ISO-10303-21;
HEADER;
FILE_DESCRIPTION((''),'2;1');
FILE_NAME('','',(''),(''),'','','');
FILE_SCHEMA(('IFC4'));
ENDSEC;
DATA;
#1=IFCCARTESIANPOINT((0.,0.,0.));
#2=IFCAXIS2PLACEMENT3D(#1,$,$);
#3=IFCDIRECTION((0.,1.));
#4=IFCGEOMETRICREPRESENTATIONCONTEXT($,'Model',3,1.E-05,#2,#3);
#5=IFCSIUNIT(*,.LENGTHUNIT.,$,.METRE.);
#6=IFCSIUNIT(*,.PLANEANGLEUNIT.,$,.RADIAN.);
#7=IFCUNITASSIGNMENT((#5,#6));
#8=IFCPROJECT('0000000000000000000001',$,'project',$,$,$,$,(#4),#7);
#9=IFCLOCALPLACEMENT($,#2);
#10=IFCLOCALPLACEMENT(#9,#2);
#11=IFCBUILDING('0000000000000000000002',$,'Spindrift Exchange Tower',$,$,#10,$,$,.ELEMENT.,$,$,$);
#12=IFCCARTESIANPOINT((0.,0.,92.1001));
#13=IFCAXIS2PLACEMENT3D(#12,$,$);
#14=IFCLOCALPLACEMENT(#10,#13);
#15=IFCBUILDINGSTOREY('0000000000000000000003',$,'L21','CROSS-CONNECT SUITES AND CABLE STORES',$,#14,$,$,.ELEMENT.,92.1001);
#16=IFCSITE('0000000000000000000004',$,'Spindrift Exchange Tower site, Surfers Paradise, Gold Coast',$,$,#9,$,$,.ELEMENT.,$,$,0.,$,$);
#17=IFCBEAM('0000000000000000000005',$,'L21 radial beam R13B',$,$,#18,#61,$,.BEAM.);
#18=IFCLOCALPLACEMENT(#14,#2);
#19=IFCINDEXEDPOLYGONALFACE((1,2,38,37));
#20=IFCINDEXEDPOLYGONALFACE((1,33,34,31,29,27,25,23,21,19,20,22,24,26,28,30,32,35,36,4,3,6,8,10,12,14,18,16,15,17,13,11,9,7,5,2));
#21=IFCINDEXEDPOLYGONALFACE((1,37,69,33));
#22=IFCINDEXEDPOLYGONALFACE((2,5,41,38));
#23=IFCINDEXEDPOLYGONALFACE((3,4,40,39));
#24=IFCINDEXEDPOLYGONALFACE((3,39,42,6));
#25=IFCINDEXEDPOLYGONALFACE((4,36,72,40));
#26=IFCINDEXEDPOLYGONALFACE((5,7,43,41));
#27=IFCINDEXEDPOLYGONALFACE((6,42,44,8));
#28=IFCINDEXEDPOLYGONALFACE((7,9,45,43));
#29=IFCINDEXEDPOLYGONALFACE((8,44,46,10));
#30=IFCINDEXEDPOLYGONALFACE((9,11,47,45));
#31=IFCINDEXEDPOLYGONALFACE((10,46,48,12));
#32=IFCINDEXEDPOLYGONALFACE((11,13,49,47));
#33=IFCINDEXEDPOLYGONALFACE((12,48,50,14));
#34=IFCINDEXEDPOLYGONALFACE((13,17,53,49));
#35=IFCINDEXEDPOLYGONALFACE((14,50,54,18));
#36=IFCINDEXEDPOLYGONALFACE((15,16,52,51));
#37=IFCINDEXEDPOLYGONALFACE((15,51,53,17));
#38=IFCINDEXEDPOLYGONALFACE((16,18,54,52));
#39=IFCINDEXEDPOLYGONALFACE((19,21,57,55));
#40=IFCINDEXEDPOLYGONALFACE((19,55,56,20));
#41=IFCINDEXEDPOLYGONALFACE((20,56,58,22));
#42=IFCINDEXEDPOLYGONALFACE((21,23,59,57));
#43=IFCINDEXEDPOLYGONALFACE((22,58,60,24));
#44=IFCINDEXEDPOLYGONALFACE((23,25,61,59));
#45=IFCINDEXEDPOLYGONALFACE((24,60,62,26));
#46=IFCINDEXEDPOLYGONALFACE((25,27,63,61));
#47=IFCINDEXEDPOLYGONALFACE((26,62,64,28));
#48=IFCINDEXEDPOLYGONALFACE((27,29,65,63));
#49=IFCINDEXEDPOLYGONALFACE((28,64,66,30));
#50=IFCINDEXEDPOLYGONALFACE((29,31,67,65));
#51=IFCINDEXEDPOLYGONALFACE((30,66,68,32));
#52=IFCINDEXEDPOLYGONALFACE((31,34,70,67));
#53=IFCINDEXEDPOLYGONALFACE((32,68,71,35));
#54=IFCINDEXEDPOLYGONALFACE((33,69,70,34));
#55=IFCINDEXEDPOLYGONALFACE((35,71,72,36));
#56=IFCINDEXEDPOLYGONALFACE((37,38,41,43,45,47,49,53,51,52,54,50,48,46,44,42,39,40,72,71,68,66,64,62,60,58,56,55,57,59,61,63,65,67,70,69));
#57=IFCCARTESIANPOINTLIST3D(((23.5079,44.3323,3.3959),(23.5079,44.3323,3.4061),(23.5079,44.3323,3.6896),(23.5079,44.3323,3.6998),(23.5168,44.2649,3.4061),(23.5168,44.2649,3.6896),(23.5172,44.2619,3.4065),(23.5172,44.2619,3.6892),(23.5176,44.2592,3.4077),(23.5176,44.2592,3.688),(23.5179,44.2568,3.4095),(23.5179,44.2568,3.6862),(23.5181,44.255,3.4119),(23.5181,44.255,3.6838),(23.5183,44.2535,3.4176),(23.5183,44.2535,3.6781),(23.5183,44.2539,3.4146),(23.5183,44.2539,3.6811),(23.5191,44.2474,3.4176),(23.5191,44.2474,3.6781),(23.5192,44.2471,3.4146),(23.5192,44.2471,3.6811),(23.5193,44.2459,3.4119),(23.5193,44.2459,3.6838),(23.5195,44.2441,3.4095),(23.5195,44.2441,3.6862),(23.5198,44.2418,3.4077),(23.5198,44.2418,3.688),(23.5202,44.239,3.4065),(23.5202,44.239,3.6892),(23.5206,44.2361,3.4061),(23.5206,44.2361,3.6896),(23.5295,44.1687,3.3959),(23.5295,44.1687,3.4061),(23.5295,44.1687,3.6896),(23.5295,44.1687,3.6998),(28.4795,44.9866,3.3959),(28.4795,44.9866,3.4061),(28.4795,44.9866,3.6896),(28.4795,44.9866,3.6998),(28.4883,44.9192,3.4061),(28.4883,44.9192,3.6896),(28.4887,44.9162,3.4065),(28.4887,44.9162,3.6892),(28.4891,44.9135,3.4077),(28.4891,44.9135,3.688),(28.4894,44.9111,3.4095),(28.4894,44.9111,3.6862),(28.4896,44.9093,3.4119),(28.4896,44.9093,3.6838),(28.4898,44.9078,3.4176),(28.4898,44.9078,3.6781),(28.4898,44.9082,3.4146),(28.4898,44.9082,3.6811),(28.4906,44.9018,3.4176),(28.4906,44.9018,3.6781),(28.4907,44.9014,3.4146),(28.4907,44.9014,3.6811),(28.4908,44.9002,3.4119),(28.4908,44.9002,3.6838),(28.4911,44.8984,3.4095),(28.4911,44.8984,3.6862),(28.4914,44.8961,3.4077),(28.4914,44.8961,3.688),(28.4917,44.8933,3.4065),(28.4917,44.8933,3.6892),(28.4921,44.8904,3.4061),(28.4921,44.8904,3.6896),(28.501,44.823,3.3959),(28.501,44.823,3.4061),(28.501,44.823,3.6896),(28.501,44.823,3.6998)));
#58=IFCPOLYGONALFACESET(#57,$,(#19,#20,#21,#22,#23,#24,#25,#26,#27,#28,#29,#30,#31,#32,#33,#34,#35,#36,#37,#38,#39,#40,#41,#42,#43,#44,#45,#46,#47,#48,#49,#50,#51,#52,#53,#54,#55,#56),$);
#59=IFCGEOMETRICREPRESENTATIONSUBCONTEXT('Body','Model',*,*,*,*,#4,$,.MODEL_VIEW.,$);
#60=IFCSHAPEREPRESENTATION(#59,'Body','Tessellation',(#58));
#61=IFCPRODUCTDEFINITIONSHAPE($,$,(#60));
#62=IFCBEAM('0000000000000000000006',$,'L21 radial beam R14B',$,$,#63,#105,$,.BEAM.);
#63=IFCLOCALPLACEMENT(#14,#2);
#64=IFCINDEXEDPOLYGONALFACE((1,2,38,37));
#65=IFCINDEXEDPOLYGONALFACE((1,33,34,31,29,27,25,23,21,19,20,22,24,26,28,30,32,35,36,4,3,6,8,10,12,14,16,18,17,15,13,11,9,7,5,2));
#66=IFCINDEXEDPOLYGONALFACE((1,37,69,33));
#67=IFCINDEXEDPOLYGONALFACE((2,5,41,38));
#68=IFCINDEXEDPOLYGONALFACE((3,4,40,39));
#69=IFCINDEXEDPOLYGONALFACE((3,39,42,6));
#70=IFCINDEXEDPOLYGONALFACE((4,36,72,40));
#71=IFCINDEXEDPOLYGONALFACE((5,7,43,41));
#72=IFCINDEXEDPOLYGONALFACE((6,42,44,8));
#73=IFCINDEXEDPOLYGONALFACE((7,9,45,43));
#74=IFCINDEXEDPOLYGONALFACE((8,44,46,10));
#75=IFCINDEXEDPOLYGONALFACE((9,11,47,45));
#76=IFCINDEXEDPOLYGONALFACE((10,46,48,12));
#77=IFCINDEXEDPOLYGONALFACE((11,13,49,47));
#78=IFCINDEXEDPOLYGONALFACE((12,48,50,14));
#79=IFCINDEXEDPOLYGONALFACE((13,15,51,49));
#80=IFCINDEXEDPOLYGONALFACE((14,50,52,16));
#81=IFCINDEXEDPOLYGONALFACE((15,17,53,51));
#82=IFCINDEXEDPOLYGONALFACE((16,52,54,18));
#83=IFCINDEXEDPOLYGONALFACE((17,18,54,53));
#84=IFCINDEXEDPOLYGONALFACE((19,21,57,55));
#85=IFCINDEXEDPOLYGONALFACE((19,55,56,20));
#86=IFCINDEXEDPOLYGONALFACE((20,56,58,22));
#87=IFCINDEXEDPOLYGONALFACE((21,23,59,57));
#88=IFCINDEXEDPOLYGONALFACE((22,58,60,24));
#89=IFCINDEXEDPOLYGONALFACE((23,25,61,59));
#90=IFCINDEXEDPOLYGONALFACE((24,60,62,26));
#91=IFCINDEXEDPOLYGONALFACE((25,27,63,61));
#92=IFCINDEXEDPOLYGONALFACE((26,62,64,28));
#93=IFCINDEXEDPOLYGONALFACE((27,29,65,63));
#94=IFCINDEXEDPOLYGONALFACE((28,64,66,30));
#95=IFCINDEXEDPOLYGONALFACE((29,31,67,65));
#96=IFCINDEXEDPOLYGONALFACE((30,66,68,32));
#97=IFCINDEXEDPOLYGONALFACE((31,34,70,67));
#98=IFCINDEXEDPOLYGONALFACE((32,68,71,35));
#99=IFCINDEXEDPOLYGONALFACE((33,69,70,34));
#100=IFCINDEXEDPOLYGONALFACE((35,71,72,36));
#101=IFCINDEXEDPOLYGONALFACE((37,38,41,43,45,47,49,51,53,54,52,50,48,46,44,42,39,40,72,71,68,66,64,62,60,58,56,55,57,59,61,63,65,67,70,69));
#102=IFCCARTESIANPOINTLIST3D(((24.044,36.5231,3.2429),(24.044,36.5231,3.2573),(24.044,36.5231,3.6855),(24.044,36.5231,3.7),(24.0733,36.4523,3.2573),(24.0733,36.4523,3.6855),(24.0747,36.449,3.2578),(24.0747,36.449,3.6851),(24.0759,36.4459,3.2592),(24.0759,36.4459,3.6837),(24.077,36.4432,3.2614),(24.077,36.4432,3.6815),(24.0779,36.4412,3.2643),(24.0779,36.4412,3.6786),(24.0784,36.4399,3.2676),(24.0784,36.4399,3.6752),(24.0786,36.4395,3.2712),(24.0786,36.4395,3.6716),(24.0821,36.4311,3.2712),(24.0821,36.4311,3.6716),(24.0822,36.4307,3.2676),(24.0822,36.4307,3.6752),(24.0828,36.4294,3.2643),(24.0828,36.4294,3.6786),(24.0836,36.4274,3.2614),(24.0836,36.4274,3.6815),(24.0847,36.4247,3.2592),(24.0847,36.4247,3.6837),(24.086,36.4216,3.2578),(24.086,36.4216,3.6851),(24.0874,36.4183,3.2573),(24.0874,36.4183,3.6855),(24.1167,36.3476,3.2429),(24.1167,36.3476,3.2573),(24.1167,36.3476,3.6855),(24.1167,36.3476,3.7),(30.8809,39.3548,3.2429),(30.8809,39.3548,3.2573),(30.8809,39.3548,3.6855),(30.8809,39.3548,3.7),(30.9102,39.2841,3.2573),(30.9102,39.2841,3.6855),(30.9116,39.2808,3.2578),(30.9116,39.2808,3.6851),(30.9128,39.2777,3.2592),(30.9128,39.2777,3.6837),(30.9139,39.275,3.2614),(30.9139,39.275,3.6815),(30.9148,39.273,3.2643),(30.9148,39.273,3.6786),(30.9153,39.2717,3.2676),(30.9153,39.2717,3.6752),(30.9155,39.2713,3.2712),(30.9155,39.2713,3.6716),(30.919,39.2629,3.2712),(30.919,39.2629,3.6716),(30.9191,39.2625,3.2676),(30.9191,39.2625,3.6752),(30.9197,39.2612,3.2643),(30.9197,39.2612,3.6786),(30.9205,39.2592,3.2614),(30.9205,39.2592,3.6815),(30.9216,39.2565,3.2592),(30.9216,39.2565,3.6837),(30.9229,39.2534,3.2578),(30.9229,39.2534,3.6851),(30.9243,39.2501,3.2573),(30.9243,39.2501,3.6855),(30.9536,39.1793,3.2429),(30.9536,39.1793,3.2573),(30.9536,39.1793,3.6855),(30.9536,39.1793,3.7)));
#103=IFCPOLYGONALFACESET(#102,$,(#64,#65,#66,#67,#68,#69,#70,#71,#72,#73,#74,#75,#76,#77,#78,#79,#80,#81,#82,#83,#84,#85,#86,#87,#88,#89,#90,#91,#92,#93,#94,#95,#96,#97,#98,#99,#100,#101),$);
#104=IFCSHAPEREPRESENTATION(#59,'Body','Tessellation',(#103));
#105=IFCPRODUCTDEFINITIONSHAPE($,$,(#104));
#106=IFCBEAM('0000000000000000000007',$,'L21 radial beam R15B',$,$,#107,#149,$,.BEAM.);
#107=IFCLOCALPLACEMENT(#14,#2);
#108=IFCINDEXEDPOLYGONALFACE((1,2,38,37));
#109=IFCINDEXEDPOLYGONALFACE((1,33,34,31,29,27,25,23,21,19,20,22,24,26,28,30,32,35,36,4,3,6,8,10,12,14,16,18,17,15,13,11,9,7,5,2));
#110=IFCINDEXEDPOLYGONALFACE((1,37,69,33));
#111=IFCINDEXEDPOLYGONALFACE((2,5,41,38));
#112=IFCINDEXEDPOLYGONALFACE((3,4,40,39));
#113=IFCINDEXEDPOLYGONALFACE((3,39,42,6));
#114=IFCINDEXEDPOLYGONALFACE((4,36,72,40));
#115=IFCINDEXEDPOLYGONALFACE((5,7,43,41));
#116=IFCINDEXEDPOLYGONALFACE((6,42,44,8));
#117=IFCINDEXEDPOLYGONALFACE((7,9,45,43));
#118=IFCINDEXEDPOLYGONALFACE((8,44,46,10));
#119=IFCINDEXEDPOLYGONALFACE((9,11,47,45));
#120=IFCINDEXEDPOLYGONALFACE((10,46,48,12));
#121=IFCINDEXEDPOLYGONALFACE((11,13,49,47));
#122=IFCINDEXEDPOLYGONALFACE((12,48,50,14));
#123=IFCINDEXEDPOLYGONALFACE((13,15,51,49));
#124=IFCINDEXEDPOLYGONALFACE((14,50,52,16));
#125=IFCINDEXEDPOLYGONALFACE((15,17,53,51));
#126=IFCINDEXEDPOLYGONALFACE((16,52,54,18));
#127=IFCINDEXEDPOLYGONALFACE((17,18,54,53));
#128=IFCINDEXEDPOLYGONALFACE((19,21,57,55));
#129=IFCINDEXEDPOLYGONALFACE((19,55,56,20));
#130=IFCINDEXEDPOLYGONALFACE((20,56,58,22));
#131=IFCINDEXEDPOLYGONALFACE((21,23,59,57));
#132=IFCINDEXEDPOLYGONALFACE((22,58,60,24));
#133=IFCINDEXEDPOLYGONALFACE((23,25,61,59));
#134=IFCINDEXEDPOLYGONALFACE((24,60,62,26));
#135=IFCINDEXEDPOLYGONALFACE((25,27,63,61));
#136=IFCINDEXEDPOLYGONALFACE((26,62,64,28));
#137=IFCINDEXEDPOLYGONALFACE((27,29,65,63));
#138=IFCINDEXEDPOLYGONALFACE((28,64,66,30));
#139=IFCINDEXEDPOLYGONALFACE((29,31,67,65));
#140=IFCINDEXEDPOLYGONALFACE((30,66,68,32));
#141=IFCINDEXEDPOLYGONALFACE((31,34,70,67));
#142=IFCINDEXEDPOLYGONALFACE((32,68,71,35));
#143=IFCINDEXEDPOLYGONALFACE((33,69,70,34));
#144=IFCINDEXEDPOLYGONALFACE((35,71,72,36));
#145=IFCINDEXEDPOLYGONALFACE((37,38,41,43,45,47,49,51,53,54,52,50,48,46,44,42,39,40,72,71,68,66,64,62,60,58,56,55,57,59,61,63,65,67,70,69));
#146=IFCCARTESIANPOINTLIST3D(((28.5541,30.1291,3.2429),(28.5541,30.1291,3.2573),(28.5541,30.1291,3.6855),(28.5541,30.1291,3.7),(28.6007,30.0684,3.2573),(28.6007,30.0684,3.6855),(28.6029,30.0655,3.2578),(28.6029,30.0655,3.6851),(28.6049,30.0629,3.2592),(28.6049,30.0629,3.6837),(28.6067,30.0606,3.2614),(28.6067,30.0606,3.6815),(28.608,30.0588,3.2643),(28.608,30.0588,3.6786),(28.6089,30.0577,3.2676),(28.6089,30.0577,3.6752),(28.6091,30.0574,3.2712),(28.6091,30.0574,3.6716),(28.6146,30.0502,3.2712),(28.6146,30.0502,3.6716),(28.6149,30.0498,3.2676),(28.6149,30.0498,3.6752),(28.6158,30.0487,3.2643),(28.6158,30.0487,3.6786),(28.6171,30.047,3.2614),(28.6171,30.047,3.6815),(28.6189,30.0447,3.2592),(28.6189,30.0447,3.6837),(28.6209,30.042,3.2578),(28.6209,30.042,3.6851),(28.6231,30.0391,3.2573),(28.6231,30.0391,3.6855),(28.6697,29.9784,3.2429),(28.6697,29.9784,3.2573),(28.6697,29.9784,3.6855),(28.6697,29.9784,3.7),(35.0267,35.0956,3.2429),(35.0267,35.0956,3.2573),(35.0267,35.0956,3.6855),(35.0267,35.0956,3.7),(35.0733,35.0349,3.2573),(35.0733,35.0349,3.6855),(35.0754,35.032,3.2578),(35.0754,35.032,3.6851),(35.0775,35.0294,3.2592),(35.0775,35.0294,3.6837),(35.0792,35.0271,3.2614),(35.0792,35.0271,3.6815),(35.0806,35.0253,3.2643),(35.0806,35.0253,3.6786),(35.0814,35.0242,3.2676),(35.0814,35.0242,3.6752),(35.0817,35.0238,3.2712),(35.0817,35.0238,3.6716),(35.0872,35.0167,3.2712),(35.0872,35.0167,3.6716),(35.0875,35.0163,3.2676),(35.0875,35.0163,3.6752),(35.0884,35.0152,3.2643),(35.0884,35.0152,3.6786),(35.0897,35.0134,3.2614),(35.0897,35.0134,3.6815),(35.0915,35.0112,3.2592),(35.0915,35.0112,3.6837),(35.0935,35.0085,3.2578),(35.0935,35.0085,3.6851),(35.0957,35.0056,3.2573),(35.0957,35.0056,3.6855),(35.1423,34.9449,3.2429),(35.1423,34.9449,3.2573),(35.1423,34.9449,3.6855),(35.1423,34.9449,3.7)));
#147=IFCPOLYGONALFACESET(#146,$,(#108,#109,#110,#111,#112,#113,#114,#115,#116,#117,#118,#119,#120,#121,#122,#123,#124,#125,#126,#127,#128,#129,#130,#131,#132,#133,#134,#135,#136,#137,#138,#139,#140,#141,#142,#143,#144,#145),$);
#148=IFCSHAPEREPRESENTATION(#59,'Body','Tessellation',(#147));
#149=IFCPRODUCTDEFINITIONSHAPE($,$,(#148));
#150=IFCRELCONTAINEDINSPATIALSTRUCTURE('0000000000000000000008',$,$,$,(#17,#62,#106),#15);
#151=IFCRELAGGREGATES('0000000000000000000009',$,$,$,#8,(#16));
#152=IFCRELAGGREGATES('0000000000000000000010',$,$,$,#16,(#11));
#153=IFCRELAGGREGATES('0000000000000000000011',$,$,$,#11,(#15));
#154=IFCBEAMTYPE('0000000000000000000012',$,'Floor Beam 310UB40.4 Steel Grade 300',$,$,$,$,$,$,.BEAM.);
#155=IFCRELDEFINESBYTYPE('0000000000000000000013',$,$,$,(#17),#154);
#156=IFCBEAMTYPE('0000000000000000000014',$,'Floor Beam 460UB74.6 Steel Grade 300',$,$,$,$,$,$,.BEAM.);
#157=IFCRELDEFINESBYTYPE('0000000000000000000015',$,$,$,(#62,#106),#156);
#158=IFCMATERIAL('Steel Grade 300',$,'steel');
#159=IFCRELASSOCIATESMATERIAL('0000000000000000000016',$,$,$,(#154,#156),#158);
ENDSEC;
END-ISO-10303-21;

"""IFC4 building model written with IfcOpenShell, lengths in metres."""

from ifc_helpers import new_model, si_unit, direction, frame, origin, origin_2d, place, context, subcontext, project, spatial, i_section, extrude, source, transform, mapped, material, material_profile, profile_set, type_object, element, save


model = new_model("IFC4")

# Units and contexts
model_context = context("Model", 3, precision=1e-05, world=origin(), true_north=direction((0.0, 1.0)))
body_context = subcontext(model_context, "Body", "Model", "MODEL_VIEW")
ifc_project = project(units=[si_unit("LENGTHUNIT", "METRE"), si_unit("PLANEANGLEUNIT", "RADIAN")], contexts=[model_context])

# Site, building, storey
site_placement = place(None, origin())
site = spatial("IfcSite", under=ifc_project, at=site_placement, Name="Spindrift Exchange Tower site, Surfers Paradise, Gold Coast", CompositionType="ELEMENT", RefElevation=0.0)
building_placement = place(site_placement, origin())
building = spatial("IfcBuilding", under=site, at=building_placement, Name="Spindrift Exchange Tower", CompositionType="ELEMENT")
storey_placement = place(building_placement, frame((0.0, 0.0, 92.1001)))
storey = spatial("IfcBuildingStorey", under=building, at=storey_placement, Name="L21", Description="CROSS-CONNECT SUITES AND CABLE STORES", CompositionType="ELEMENT", Elevation=92.1001)

# Beams
ifc_material_1 = material(Name="Steel Grade 300", Category="steel")
ifc_material_profile_1 = material_profile(ifc_material_1, i_section(OverallWidth=0.165, OverallDepth=0.304, WebThickness=0.0061, FlangeThickness=0.0103, FilletRadius=0.0115, at=origin_2d()), Name="310UB40.4")
ifc_profile_set_1 = profile_set([ifc_material_profile_1], Name="Steel Grade 300")
beam_type_1 = type_object("IfcBeamType", Name="Floor Beam 310UB40.4 Steel Grade 300", PredefinedType="BEAM", material=ifc_profile_set_1)
shared_shape_1 = source(origin(), body_context, "Body", "SweptSolid", [
    extrude(i_section(OverallWidth=0.165, OverallDepth=0.304, WebThickness=0.0061, FlangeThickness=0.0103, FilletRadius=0.0115, at=origin_2d()), origin(), (0.0, 0.0, 1.0), 5.0144),
])
beam_1_placement = place(storey_placement, frame((28.4902, 44.9048, 3.5479), z_axis=(-0.99145, -0.130486, 0.0), x_axis=(0.130486, -0.99145, 0.0)))
element("IfcBeam", 1, at=beam_1_placement, inside=storey, type_object=beam_type_1, Name="L21 radial beam R13B", PredefinedType="BEAM", context=body_context, shape_type="MappedRepresentation", body=[
    mapped(shared_shape_1, transform((0.0, 0.0, 0.0), scale=1.0)),
])
ifc_material_profile_2 = material_profile(ifc_material_1, i_section(OverallWidth=0.1899, OverallDepth=0.457, WebThickness=0.009, FlangeThickness=0.0144, FilletRadius=0.0139, at=origin_2d()), Name="460UB74.6")
ifc_profile_set_2 = profile_set([ifc_material_profile_2], Name="Steel Grade 300")
beam_type_2 = type_object("IfcBeamType", Name="Floor Beam 460UB74.6 Steel Grade 300", PredefinedType="BEAM", material=ifc_profile_set_2)
shared_shape_2 = source(origin(), body_context, "Body", "SweptSolid", [
    extrude(i_section(OverallWidth=0.1899, OverallDepth=0.457, WebThickness=0.009, FlangeThickness=0.0144, FilletRadius=0.0139, at=origin_2d()), origin(), (0.0, 0.0, 1.0), 7.4001),
])
beam_2_placement = place(storey_placement, frame((30.9172, 39.2671, 3.4714), z_axis=(-0.923887, -0.382666, 0.0), x_axis=(0.382666, -0.923887, 0.0)))
element("IfcBeam", 2, at=beam_2_placement, inside=storey, type_object=beam_type_2, Name="L21 radial beam R14B", PredefinedType="BEAM", context=body_context, shape_type="MappedRepresentation", body=[
    mapped(shared_shape_2, transform((0.0, 0.0, 0.0), scale=1.0)),
])
shared_shape_3 = source(origin(), body_context, "Body", "SweptSolid", [
    extrude(i_section(OverallWidth=0.1899, OverallDepth=0.457, WebThickness=0.009, FlangeThickness=0.0144, FilletRadius=0.0139, at=origin_2d()), origin(), (0.0, 0.0, 1.0), 8.1584),
])
beam_3_placement = place(storey_placement, frame((35.0845, 35.0203, 3.4714), z_axis=(-0.793359, -0.608754, 0.0), x_axis=(0.608754, -0.793359, 0.0)))
element("IfcBeam", 3, at=beam_3_placement, inside=storey, type_object=beam_type_2, Name="L21 radial beam R15B", PredefinedType="BEAM", context=body_context, shape_type="MappedRepresentation", body=[
    mapped(shared_shape_3, transform((0.0, 0.0, 0.0), scale=1.0)),
])

save(model, "model.ifc")
